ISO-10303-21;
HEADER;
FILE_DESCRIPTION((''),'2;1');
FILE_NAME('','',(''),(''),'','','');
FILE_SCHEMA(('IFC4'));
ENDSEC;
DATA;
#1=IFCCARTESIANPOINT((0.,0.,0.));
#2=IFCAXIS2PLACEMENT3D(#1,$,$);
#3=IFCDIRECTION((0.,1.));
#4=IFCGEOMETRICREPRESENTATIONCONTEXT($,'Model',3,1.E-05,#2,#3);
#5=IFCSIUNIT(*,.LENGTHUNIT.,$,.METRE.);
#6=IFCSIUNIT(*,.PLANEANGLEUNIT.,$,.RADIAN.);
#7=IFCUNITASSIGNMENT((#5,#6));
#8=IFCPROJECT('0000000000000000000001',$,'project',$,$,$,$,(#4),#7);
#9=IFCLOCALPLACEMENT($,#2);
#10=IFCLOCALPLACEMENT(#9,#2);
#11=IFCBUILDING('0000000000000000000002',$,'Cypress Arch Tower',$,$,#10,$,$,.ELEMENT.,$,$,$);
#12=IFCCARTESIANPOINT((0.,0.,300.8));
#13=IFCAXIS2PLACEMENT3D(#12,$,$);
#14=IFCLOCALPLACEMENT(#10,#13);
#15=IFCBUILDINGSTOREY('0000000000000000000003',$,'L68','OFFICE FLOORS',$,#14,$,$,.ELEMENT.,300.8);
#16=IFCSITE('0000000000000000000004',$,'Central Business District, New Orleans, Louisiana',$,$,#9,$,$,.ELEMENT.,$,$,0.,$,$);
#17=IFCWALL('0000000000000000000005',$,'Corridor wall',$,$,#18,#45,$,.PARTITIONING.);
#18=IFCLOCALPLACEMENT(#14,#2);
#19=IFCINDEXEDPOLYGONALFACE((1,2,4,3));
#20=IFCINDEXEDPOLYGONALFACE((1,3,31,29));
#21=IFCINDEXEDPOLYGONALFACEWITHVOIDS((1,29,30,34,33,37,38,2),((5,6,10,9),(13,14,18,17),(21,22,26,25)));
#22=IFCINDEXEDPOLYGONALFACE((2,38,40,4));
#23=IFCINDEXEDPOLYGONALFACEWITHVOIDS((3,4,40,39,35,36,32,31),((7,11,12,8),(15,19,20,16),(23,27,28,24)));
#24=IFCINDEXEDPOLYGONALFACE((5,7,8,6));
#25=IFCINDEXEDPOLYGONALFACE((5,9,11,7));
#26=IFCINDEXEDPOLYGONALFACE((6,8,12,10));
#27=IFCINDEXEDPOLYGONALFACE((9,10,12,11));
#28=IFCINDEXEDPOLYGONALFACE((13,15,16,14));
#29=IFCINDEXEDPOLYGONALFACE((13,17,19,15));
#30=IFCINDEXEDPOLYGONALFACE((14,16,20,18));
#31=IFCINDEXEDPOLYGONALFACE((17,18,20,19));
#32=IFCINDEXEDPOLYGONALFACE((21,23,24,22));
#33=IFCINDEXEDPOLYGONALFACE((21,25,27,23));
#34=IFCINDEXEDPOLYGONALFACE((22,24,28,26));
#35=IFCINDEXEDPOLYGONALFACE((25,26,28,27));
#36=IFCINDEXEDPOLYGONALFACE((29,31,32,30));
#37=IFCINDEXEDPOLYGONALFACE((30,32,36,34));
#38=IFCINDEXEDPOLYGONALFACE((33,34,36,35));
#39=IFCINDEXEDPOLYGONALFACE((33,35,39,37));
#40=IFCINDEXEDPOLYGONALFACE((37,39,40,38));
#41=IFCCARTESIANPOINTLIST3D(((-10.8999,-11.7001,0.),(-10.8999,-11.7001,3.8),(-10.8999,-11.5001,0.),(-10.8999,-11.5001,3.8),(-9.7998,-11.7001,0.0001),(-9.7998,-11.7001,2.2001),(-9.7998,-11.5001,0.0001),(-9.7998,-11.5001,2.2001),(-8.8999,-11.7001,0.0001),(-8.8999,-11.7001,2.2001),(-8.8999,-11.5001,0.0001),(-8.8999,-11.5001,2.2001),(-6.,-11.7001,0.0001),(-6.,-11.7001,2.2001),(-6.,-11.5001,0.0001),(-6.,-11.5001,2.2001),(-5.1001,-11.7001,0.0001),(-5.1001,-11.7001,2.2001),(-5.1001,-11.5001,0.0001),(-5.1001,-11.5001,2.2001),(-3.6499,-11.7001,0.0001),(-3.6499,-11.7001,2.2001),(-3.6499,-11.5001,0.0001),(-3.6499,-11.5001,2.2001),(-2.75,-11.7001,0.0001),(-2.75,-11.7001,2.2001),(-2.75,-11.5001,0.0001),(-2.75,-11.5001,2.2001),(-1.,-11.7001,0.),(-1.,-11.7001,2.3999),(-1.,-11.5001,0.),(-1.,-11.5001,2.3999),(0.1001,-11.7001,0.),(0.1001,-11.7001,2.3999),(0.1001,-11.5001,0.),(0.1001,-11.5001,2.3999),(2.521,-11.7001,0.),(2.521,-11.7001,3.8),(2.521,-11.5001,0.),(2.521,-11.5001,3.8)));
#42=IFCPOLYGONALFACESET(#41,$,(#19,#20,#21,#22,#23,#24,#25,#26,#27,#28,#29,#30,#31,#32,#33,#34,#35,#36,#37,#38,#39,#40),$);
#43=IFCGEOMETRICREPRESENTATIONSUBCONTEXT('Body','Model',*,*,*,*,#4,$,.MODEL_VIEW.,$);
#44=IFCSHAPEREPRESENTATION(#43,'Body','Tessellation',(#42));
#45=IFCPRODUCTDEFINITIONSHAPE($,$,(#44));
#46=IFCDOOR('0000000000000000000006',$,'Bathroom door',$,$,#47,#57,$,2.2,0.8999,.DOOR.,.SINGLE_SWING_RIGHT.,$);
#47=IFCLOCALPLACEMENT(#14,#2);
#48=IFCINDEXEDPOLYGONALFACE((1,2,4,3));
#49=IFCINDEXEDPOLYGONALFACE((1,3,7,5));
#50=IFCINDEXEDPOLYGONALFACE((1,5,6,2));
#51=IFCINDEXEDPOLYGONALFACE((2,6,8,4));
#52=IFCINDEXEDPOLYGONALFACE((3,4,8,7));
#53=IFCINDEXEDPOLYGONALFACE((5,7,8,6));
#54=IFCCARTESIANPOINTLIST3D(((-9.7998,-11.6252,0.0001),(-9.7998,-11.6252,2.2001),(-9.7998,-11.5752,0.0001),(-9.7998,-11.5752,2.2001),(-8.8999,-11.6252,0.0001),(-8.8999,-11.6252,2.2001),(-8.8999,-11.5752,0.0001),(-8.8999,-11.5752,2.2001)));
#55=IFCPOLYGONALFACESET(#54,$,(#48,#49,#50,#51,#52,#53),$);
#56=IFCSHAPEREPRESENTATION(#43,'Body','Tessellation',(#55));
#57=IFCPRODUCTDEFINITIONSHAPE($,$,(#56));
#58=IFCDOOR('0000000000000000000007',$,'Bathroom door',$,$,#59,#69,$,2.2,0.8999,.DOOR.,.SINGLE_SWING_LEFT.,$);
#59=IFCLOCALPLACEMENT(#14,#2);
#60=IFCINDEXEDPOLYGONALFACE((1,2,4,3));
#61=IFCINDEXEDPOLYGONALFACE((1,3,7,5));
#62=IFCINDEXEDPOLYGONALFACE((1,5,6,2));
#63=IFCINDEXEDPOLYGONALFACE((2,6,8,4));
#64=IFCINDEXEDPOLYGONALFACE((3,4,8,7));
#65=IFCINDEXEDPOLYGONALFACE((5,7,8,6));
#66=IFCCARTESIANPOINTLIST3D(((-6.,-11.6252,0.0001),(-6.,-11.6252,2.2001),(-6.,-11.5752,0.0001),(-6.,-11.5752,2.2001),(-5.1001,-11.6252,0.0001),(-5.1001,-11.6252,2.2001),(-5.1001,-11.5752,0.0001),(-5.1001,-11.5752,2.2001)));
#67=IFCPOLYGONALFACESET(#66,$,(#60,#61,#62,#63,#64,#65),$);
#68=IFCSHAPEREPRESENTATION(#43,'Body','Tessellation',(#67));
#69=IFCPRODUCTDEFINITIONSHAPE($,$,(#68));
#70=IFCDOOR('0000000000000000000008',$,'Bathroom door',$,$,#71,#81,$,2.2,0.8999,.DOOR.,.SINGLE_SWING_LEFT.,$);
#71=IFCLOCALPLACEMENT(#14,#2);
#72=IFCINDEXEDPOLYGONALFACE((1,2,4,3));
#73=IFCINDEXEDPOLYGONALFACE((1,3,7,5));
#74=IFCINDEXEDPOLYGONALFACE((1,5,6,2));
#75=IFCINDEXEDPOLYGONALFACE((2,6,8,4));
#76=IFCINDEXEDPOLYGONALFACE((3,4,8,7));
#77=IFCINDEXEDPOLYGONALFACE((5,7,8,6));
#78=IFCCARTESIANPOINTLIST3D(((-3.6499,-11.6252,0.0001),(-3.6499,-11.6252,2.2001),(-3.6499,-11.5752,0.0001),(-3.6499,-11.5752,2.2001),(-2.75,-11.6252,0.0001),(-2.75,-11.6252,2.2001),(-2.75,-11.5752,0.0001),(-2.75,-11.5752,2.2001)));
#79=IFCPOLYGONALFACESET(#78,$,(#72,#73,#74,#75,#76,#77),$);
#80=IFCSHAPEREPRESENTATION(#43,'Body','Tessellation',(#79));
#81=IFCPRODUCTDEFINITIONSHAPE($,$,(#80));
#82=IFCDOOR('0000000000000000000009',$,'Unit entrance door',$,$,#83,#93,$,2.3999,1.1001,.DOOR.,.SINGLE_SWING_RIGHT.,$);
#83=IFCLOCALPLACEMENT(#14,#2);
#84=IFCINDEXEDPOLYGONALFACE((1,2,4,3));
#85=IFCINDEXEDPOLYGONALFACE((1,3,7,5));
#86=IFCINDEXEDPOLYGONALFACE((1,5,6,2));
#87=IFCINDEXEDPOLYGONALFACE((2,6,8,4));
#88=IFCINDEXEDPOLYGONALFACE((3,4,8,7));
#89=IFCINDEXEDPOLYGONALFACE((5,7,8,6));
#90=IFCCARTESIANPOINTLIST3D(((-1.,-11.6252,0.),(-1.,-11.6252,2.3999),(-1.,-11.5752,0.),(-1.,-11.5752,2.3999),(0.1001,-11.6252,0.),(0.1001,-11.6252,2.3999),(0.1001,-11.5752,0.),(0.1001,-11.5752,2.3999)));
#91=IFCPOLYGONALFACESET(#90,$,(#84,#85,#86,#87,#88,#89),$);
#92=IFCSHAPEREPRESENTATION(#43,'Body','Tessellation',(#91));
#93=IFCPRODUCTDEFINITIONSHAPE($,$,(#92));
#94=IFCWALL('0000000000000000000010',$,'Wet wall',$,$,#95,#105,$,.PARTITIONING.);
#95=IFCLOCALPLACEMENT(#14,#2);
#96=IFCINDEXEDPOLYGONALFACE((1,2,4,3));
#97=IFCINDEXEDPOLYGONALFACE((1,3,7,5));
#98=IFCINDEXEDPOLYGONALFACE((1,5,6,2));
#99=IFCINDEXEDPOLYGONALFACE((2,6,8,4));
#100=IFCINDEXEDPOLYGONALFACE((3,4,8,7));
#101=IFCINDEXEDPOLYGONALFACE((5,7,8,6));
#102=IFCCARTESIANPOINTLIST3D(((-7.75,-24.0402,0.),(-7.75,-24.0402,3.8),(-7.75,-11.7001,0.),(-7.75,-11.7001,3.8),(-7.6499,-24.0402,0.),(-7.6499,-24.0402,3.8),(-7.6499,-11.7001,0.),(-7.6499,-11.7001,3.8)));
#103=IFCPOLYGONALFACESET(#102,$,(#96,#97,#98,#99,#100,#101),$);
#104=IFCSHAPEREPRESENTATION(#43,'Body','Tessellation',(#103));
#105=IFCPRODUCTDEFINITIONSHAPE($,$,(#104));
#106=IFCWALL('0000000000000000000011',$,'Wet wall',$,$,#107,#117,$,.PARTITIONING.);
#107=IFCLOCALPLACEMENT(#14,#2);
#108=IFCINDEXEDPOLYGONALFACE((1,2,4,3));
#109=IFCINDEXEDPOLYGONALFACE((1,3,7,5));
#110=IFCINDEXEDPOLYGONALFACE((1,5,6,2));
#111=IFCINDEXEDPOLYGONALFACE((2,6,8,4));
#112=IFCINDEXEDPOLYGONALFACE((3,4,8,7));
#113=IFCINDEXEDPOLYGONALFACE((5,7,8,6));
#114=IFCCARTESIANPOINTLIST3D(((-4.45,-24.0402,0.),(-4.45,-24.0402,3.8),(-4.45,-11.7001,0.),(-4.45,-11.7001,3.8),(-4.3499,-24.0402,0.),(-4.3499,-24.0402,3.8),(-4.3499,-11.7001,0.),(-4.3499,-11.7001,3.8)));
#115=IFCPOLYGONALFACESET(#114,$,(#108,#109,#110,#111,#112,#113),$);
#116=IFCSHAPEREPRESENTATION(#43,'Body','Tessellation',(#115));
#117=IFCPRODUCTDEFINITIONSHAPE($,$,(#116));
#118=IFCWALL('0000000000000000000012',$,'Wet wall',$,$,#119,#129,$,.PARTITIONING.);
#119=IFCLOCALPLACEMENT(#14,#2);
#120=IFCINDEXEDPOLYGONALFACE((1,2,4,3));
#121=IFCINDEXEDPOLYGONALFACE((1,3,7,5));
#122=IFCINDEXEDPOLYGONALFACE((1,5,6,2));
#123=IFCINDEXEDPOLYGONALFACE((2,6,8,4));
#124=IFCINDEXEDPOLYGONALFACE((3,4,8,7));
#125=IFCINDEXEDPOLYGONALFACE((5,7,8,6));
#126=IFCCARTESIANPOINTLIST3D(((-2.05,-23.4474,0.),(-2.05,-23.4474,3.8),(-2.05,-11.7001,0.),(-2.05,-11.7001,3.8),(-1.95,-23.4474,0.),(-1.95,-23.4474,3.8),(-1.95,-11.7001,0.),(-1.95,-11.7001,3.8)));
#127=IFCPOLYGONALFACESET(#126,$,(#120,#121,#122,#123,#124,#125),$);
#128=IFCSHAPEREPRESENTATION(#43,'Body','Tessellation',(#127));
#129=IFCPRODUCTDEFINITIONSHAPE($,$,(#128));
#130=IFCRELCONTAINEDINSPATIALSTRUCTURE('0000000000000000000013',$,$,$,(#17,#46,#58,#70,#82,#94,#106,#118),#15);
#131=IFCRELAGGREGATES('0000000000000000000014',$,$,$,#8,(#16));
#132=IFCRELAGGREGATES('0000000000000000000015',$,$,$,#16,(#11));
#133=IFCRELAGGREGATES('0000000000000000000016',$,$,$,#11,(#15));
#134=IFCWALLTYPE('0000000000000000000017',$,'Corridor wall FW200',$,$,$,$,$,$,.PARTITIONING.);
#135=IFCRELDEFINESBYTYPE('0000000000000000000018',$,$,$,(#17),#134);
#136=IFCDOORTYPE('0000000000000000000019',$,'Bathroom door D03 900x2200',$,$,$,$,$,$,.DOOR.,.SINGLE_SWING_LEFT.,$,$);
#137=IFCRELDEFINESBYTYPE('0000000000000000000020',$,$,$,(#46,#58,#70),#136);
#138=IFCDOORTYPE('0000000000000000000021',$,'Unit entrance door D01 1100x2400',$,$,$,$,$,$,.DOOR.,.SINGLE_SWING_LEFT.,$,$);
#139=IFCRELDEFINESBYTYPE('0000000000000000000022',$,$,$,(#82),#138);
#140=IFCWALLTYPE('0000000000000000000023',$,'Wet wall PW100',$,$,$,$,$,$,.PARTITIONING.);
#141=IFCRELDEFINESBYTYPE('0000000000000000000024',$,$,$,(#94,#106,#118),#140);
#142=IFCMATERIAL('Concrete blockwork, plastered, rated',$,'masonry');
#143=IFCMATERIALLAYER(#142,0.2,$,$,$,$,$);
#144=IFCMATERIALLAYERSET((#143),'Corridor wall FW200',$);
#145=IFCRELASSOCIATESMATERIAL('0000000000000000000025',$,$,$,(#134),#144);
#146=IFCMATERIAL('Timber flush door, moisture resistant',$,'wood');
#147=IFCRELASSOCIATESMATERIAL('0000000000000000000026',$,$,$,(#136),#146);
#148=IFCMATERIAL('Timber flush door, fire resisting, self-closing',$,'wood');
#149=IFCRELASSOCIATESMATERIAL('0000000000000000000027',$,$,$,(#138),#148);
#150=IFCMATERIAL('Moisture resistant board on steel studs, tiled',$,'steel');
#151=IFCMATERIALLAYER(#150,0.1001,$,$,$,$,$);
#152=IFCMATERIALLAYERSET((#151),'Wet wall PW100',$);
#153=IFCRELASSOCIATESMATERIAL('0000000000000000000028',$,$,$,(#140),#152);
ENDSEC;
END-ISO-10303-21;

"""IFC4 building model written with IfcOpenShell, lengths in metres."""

from ifc_helpers import new_model, si_unit, direction, frame, frame_2d, origin, place, context, subcontext, project, spatial, rectangle, extrude, material, layer, layer_set, type_object, element, fill, save


model = new_model("IFC4")

# Units and contexts
model_context = context("Model", 3, precision=1e-05, world=origin(), true_north=direction((0.0, 1.0)))
body_context = subcontext(model_context, "Body", "Model", "MODEL_VIEW")
ifc_project = project(units=[si_unit("LENGTHUNIT", "METRE"), si_unit("PLANEANGLEUNIT", "RADIAN")], contexts=[model_context])

# Site, building, storey
site_placement = place(None, origin())
site = spatial("IfcSite", under=ifc_project, at=site_placement, Name="Central Business District, New Orleans, Louisiana", CompositionType="ELEMENT", RefElevation=0.0)
building_placement = place(site_placement, origin())
building = spatial("IfcBuilding", under=site, at=building_placement, Name="Cypress Arch Tower", CompositionType="ELEMENT")
storey_placement = place(building_placement, frame((0.0, 0.0, 300.8)))
storey = spatial("IfcBuildingStorey", under=building, at=storey_placement, Name="L68", Description="OFFICE FLOORS", CompositionType="ELEMENT", Elevation=300.8)

# Wall, openings, doors
ifc_material_1 = material(Name="Concrete blockwork, plastered, rated", Category="masonry")
ifc_layer_1 = layer(ifc_material_1, 0.2)
ifc_layer_set_1 = layer_set([ifc_layer_1], Name="Corridor wall FW200")
wall_type_1 = type_object("IfcWallType", Name="Corridor wall FW200", PredefinedType="PARTITIONING", material=ifc_layer_set_1)
wall_1_placement = place(storey_placement, frame((-10.8999, -11.6001, 0.0), z_axis=(0.0, 0.0, 1.0), x_axis=(1.0, 0.0, 0.0)))
wall_1 = element("IfcWall", 1, at=wall_1_placement, inside=storey, type_object=wall_type_1, Name="Corridor wall", PredefinedType="PARTITIONING", context=body_context, shape_type="SweptSolid", body=[
    extrude(rectangle(XDim=13.4209, YDim=0.2, at=frame_2d((6.7104, 0.0))), origin(), (0.0, 0.0, 1.0), 3.8),
])
opening_1_placement = place(wall_1_placement, frame((1.1001, 0.0, 0.0)))
opening_1 = element("IfcOpeningElement", 2, at=opening_1_placement, cuts=wall_1, PredefinedType="OPENING", context=body_context, shape_type="SweptSolid", body=[
    extrude(rectangle(XDim=0.8999, YDim=2.2, at=frame_2d((0.45, 1.1001))), frame((0.0, 0.1099, 0.0), z_axis=(0.0, -1.0, 0.0), x_axis=(1.0, 0.0, 0.0)), (0.0, 0.0, 1.0), 0.22),
])
opening_2_placement = place(wall_1_placement, frame((4.8999, 0.0, 0.0)))
opening_2 = element("IfcOpeningElement", 3, at=opening_2_placement, cuts=wall_1, PredefinedType="OPENING", context=body_context, shape_type="SweptSolid", body=[
    extrude(rectangle(XDim=0.8999, YDim=2.2, at=frame_2d((0.45, 1.1001))), frame((0.0, 0.1099, 0.0), z_axis=(0.0, -1.0, 0.0), x_axis=(1.0, 0.0, 0.0)), (0.0, 0.0, 1.0), 0.22),
])
opening_3_placement = place(wall_1_placement, frame((7.25, 0.0, 0.0)))
opening_3 = element("IfcOpeningElement", 4, at=opening_3_placement, cuts=wall_1, PredefinedType="OPENING", context=body_context, shape_type="SweptSolid", body=[
    extrude(rectangle(XDim=0.8999, YDim=2.2, at=frame_2d((0.45, 1.1001))), frame((0.0, 0.1099, 0.0), z_axis=(0.0, -1.0, 0.0), x_axis=(1.0, 0.0, 0.0)), (0.0, 0.0, 1.0), 0.22),
])
opening_4_placement = place(wall_1_placement, frame((9.8999, 0.0, 0.0)))
opening_4 = element("IfcOpeningElement", 5, at=opening_4_placement, cuts=wall_1, PredefinedType="OPENING", context=body_context, shape_type="SweptSolid", body=[
    extrude(rectangle(XDim=1.1001, YDim=2.3999, at=frame_2d((0.55, 1.2))), frame((0.0, 0.1099, 0.0), z_axis=(0.0, -1.0, 0.0), x_axis=(1.0, 0.0, 0.0)), (0.0, 0.0, 1.0), 0.22),
])
ifc_material_2 = material(Name="Timber flush door, moisture resistant", Category="wood")
door_type_1 = type_object("IfcDoorType", Name="Bathroom door D03 900x2200", OperationType="SINGLE_SWING_LEFT", PredefinedType="DOOR", material=ifc_material_2)
door_1_placement = place(opening_1_placement, origin())
door_1 = element("IfcDoor", 6, at=door_1_placement, inside=storey, type_object=door_type_1, Name="Bathroom door", OperationType="SINGLE_SWING_RIGHT", OverallHeight=2.2, OverallWidth=0.8999, PredefinedType="DOOR", context=body_context, shape_type="SweptSolid", body=[
    extrude(rectangle(XDim=0.8999, YDim=2.2, at=frame_2d((0.45, 1.1001))), frame((0.0, 0.0249, 0.0), z_axis=(0.0, -1.0, 0.0), x_axis=(1.0, 0.0, 0.0)), (0.0, 0.0, 1.0), 0.05),
])
fill(opening_1, door_1)
door_2_placement = place(opening_2_placement, origin())
door_2 = element("IfcDoor", 7, at=door_2_placement, inside=storey, type_object=door_type_1, Name="Bathroom door", OperationType="SINGLE_SWING_LEFT", OverallHeight=2.2, OverallWidth=0.8999, PredefinedType="DOOR", context=body_context, shape_type="SweptSolid", body=[
    extrude(rectangle(XDim=0.8999, YDim=2.2, at=frame_2d((0.45, 1.1001))), frame((0.0, 0.0249, 0.0), z_axis=(0.0, -1.0, 0.0), x_axis=(1.0, 0.0, 0.0)), (0.0, 0.0, 1.0), 0.05),
])
fill(opening_2, door_2)
door_3_placement = place(opening_3_placement, origin())
door_3 = element("IfcDoor", 8, at=door_3_placement, inside=storey, type_object=door_type_1, Name="Bathroom door", OperationType="SINGLE_SWING_LEFT", OverallHeight=2.2, OverallWidth=0.8999, PredefinedType="DOOR", context=body_context, shape_type="SweptSolid", body=[
    extrude(rectangle(XDim=0.8999, YDim=2.2, at=frame_2d((0.45, 1.1001))), frame((0.0, 0.0249, 0.0), z_axis=(0.0, -1.0, 0.0), x_axis=(1.0, 0.0, 0.0)), (0.0, 0.0, 1.0), 0.05),
])
fill(opening_3, door_3)
ifc_material_3 = material(Name="Timber flush door, fire resisting, self-closing", Category="wood")
door_type_2 = type_object("IfcDoorType", Name="Unit entrance door D01 1100x2400", OperationType="SINGLE_SWING_LEFT", PredefinedType="DOOR", material=ifc_material_3)
door_4_placement = place(opening_4_placement, origin())
door_4 = element("IfcDoor", 9, at=door_4_placement, inside=storey, type_object=door_type_2, Name="Unit entrance door", OperationType="SINGLE_SWING_RIGHT", OverallHeight=2.3999, OverallWidth=1.1001, PredefinedType="DOOR", context=body_context, shape_type="SweptSolid", body=[
    extrude(rectangle(XDim=1.1001, YDim=2.3999, at=frame_2d((0.55, 1.2))), frame((0.0, 0.0249, 0.0), z_axis=(0.0, -1.0, 0.0), x_axis=(1.0, 0.0, 0.0)), (0.0, 0.0, 1.0), 0.05),
])
fill(opening_4, door_4)

# Walls
ifc_material_4 = material(Name="Moisture resistant board on steel studs, tiled", Category="steel")
ifc_layer_2 = layer(ifc_material_4, 0.1001)
ifc_layer_set_2 = layer_set([ifc_layer_2], Name="Wet wall PW100")
wall_type_2 = type_object("IfcWallType", Name="Wet wall PW100", PredefinedType="PARTITIONING", material=ifc_layer_set_2)
for number, where, z_axis, x_axis, name in (
    (10, (-7.7, -24.04, 0.0), (0.0, 0.0, 1.0), (0.0, 1.0, 0.0), "Wet wall"),
    (11, (-4.3999, -24.04, 0.0), (0.0, 0.0, 1.0), (0.0, 1.0, 0.0), "Wet wall"),
):
    element("IfcWall", number, at=place(storey_placement, frame(where, z_axis=z_axis, x_axis=x_axis)), inside=storey, type_object=wall_type_2, Name=name, PredefinedType="PARTITIONING", context=body_context, shape_type="SweptSolid", body=[
        extrude(rectangle(XDim=12.3401, YDim=0.1001, at=frame_2d((6.1699, 0.0))), origin(), (0.0, 0.0, 1.0), 3.8),
    ])
wall_2_placement = place(storey_placement, frame((-2.0, -23.4473, 0.0), z_axis=(0.0, 0.0, 1.0), x_axis=(0.0, 1.0, 0.0)))
element("IfcWall", 12, at=wall_2_placement, inside=storey, type_object=wall_type_2, Name="Wet wall", PredefinedType="PARTITIONING", context=body_context, shape_type="SweptSolid", body=[
    extrude(rectangle(XDim=11.7473, YDim=0.1001, at=frame_2d((5.8735, 0.0))), origin(), (0.0, 0.0, 1.0), 3.8),
])

save(model, "model.ifc")
